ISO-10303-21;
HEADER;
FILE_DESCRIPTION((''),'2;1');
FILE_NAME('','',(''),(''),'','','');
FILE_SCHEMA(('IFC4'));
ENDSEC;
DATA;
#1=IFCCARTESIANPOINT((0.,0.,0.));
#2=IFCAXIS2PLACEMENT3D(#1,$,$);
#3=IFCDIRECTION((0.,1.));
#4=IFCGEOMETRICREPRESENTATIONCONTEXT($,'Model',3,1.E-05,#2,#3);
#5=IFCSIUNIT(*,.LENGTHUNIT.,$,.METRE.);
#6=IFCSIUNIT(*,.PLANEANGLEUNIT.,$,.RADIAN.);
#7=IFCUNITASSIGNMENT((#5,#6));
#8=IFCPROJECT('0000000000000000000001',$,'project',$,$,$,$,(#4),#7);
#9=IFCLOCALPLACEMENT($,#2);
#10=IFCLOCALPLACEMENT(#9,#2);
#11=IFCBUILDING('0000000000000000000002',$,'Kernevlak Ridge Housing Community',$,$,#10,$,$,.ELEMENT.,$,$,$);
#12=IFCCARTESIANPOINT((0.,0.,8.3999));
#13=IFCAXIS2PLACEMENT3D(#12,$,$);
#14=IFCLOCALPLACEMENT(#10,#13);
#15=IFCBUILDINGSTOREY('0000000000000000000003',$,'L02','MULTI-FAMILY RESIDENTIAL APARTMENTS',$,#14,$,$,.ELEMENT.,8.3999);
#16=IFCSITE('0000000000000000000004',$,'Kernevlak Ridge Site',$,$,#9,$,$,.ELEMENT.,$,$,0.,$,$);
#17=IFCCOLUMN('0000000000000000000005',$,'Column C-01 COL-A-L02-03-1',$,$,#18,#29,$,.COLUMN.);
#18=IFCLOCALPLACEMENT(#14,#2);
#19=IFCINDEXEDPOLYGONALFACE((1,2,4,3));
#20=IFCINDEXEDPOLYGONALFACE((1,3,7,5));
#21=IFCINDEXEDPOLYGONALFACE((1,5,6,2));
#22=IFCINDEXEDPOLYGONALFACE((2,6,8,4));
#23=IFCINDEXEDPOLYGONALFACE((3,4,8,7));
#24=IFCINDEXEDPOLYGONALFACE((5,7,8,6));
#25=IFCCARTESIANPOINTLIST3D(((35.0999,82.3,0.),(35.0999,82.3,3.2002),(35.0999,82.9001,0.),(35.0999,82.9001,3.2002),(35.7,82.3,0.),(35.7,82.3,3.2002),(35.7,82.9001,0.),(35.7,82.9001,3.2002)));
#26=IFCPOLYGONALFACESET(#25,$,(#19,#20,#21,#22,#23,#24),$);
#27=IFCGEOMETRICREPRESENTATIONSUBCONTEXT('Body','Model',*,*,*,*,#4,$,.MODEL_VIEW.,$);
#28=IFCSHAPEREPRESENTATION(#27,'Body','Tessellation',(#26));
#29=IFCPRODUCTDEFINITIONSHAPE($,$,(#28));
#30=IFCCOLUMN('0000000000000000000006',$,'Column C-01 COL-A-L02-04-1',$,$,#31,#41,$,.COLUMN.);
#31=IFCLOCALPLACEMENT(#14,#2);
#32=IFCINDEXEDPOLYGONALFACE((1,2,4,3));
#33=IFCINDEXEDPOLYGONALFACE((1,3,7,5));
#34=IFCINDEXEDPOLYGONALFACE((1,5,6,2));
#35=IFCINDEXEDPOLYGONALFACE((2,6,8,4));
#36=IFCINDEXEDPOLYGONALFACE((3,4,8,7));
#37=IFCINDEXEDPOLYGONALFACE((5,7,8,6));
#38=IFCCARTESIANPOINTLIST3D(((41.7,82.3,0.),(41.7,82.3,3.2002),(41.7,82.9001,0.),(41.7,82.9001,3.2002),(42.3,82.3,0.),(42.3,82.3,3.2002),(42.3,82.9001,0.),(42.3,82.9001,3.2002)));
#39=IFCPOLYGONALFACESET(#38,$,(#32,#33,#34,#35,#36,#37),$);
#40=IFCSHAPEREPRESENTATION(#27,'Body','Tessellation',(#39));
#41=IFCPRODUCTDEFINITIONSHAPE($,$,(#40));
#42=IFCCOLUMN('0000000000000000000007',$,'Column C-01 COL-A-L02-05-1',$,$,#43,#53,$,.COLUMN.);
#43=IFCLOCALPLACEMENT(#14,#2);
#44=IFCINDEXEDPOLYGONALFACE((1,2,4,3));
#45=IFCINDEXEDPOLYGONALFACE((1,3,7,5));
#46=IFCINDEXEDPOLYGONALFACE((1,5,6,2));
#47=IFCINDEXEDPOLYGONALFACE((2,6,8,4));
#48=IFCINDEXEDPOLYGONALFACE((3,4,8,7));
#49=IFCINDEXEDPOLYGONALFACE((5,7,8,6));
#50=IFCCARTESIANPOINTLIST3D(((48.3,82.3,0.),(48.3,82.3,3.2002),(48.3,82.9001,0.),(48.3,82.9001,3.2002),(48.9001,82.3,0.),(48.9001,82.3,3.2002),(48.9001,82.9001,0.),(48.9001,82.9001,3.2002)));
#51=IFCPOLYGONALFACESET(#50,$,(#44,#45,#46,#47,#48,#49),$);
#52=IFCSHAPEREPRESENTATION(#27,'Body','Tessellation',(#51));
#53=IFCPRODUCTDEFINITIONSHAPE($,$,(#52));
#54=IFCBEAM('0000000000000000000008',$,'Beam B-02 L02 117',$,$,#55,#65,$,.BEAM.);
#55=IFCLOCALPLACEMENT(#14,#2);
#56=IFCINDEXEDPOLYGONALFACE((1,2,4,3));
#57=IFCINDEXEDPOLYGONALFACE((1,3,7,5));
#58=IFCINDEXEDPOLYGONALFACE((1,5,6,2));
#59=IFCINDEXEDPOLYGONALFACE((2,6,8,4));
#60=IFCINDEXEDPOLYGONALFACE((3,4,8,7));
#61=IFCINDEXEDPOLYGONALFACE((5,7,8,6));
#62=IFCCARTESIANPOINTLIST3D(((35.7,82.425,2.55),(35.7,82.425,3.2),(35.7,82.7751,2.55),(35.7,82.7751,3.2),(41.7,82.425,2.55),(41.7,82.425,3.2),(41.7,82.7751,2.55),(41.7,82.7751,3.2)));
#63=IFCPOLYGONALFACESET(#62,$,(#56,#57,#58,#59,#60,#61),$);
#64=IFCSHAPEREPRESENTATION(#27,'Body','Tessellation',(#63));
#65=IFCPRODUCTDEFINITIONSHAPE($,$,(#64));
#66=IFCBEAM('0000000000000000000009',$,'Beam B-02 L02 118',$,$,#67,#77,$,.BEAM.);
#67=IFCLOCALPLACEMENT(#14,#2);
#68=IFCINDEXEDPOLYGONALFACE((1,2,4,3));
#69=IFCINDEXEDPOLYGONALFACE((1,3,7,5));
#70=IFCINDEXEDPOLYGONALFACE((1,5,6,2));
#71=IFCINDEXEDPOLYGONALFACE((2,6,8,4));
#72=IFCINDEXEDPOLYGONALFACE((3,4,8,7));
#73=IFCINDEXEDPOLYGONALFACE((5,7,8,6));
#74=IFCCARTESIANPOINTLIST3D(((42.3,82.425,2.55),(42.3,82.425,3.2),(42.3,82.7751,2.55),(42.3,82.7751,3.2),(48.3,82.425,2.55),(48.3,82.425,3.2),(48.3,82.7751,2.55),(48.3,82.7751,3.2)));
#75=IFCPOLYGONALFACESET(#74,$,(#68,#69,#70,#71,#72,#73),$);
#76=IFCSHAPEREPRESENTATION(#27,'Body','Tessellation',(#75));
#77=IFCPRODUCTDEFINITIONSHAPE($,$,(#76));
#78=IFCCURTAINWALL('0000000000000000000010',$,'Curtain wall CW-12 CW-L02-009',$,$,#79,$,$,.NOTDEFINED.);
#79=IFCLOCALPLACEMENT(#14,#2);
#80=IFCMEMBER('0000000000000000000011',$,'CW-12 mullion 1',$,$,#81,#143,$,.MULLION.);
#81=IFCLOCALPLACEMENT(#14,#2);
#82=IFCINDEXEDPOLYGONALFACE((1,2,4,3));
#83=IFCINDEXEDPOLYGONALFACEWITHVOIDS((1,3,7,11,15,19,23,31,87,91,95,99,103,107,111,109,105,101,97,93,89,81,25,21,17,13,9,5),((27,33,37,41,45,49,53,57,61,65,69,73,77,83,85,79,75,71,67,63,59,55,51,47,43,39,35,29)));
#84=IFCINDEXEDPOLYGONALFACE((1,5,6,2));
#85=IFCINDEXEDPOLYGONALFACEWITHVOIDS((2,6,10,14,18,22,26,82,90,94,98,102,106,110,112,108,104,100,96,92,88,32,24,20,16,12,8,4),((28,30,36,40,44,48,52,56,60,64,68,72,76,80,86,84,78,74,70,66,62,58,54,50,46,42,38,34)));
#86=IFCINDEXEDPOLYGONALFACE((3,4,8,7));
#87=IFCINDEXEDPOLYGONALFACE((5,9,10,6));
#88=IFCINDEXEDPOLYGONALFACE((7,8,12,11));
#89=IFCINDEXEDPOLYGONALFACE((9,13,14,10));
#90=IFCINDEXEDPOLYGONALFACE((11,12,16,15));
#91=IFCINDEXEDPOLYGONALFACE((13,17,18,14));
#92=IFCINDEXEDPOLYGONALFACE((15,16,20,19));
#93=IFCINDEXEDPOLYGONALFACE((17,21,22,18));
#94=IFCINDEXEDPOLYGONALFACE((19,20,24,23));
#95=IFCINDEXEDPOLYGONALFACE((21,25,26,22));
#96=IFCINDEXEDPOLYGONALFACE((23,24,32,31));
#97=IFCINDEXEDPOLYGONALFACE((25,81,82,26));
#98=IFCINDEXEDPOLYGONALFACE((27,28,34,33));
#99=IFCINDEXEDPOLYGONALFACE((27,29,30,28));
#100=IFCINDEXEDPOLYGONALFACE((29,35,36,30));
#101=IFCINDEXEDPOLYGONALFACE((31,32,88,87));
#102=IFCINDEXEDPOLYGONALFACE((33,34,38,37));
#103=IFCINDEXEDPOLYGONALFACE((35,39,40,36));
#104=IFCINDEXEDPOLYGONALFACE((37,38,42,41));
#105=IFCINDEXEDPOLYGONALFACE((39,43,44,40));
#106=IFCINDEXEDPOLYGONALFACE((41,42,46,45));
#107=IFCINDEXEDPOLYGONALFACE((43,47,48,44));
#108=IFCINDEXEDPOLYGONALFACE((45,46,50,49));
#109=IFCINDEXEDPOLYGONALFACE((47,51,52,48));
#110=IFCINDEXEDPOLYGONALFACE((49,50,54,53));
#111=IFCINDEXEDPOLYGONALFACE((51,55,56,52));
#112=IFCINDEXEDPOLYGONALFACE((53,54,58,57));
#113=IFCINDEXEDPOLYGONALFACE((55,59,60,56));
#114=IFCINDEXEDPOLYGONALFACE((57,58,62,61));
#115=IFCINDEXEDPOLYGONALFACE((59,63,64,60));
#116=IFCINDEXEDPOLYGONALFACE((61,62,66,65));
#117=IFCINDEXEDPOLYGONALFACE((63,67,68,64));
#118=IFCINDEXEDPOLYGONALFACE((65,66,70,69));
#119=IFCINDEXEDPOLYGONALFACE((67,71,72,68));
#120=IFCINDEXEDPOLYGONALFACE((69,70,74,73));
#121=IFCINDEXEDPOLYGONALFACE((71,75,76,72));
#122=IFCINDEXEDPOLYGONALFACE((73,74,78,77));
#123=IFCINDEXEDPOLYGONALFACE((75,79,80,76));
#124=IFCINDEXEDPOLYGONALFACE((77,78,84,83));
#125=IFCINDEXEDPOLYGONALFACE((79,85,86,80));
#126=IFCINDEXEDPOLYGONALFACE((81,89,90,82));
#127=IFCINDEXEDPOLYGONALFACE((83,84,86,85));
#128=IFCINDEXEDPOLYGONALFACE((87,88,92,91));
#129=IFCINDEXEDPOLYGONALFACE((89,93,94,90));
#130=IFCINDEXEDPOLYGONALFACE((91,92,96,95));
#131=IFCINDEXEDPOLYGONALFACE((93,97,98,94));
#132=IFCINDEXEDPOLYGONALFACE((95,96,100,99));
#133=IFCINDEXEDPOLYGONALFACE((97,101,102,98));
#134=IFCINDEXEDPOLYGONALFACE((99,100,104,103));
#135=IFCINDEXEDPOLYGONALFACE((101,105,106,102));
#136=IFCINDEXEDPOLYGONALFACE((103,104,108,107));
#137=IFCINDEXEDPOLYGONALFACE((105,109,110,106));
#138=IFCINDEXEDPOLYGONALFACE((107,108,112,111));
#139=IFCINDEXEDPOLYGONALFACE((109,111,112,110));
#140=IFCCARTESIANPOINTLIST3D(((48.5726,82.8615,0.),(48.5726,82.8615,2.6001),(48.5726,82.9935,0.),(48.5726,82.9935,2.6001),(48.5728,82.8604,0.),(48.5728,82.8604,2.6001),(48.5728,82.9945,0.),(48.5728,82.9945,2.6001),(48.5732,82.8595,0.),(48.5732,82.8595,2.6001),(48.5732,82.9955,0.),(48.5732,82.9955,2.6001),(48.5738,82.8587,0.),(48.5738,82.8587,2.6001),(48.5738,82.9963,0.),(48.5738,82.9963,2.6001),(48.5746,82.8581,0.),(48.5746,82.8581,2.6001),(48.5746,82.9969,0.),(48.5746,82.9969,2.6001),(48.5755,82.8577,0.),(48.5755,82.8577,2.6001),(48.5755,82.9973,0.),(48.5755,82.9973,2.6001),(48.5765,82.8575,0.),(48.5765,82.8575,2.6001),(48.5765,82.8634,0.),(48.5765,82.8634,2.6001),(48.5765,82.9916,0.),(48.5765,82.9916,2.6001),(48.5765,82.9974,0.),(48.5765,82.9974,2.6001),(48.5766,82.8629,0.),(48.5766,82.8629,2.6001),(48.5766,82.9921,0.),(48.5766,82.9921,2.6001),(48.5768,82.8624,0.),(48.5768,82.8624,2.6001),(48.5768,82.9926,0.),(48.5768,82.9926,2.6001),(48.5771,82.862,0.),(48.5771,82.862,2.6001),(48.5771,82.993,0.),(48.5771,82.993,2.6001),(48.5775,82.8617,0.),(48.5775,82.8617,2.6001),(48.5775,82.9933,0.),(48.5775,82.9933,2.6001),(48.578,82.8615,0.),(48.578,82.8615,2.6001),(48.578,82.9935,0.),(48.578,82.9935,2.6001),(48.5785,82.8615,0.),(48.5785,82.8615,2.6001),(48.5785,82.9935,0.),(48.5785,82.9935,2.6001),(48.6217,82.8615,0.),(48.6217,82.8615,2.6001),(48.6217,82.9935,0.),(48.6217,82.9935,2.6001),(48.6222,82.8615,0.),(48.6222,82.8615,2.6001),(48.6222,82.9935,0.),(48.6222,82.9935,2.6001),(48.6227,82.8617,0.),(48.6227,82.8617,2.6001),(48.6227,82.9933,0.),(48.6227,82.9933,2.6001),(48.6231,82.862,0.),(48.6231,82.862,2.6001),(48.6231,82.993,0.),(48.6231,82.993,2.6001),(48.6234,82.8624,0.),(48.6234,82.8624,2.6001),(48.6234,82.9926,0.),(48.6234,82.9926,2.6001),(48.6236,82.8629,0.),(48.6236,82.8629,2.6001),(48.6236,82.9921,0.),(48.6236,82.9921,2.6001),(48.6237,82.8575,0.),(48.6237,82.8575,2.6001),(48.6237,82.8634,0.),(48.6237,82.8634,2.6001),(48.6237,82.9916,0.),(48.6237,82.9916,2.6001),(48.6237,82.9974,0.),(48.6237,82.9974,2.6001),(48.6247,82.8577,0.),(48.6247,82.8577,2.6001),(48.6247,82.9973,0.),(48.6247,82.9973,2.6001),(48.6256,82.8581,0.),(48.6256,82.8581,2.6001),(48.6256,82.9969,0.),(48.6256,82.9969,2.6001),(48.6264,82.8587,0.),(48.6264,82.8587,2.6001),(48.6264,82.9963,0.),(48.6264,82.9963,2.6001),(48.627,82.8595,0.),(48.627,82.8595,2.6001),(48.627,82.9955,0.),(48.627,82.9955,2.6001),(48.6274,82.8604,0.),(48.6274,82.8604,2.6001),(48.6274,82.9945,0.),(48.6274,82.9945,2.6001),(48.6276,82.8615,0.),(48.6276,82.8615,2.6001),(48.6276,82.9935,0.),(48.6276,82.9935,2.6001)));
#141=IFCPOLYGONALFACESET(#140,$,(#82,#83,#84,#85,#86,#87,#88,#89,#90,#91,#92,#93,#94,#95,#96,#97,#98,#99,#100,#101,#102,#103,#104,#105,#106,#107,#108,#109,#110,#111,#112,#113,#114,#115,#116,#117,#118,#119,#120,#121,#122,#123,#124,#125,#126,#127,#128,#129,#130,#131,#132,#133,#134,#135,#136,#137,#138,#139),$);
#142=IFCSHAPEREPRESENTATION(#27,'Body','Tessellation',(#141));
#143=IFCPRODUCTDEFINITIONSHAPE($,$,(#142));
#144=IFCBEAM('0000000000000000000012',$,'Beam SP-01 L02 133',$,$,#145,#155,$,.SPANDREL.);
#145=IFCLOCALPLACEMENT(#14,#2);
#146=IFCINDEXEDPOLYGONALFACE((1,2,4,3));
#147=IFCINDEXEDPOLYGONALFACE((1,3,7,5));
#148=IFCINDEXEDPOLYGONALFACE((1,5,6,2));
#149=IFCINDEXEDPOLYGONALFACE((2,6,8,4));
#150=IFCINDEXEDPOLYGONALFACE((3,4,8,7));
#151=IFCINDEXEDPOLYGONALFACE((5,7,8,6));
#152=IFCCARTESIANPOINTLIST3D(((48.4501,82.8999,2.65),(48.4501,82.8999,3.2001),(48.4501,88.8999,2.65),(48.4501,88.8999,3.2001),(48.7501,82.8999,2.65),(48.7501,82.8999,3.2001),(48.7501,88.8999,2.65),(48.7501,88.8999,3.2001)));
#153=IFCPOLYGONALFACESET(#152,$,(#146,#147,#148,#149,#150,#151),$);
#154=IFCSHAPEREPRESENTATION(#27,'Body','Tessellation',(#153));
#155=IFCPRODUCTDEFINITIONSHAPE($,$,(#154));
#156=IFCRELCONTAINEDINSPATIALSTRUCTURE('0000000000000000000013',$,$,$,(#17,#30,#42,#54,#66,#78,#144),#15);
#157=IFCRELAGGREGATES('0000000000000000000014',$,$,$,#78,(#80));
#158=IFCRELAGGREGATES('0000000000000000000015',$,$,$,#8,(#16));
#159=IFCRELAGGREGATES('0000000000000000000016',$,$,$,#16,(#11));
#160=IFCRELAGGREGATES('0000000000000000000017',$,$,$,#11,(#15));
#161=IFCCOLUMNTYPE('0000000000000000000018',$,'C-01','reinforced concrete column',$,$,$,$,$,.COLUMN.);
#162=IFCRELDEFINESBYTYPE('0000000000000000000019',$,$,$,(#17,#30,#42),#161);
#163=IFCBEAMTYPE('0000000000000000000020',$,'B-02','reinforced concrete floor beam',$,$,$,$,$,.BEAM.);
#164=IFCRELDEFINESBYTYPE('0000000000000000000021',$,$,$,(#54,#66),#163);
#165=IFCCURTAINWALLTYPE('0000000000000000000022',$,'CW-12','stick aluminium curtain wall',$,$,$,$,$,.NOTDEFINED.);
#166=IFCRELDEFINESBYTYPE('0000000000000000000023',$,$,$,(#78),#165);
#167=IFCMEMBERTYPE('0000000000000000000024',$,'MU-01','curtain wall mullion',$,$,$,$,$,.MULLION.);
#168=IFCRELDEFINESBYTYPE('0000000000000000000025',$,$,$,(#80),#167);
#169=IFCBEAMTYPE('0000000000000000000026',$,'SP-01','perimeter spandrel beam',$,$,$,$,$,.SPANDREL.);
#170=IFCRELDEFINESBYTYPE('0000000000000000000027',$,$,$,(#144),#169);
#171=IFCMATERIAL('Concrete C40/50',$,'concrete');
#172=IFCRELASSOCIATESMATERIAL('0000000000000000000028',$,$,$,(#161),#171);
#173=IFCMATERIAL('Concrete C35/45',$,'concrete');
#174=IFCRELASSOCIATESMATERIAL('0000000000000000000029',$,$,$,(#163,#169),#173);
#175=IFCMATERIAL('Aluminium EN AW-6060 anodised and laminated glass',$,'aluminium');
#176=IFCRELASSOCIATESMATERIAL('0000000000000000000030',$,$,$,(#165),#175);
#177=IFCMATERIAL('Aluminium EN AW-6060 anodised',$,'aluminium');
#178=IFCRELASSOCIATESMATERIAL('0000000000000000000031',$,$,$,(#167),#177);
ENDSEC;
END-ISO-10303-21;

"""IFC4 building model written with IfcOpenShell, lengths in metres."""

from ifc_helpers import new_model, si_unit, direction, frame, origin, origin_2d, place, context, subcontext, project, spatial, rectangle, hollow_rectangle, extrude, material, material_profile, profile_set, type_object, element, aggregate, save


model = new_model("IFC4")

# Units and contexts
model_context = context("Model", 3, precision=1e-05, world=origin(), true_north=direction((0.0, 1.0)))
body_context = subcontext(model_context, "Body", "Model", "MODEL_VIEW")
ifc_project = project(units=[si_unit("LENGTHUNIT", "METRE"), si_unit("PLANEANGLEUNIT", "RADIAN")], contexts=[model_context])

# Site, building, storey
site_placement = place(None, origin())
site = spatial("IfcSite", under=ifc_project, at=site_placement, Name="Kernevlak Ridge Site", CompositionType="ELEMENT", RefElevation=0.0)
building_placement = place(site_placement, origin())
building = spatial("IfcBuilding", under=site, at=building_placement, Name="Kernevlak Ridge Housing Community", CompositionType="ELEMENT")
storey_placement = place(building_placement, frame((0.0, 0.0, 8.3999)))
storey = spatial("IfcBuildingStorey", under=building, at=storey_placement, Name="L02", Description="MULTI-FAMILY RESIDENTIAL APARTMENTS", CompositionType="ELEMENT", Elevation=8.3999)

# Columns
ifc_material_1 = material(Name="Concrete C40/50", Category="concrete")
ifc_material_profile_1 = material_profile(ifc_material_1, rectangle(XDim=0.6001, YDim=0.6001, at=origin_2d()), Name="RC 600x600")
ifc_profile_set_1 = profile_set([ifc_material_profile_1], Name="Concrete C40/50")
column_type = type_object("IfcColumnType", Name="C-01", Description="reinforced concrete column", PredefinedType="COLUMN", material=ifc_profile_set_1)
for number, where, z_axis, x_axis, name in (
    (1, (35.3999, 82.6001, 0.0), (0.0, 0.0, 1.0), (1.0, 0.0, 0.0), "Column C-01 COL-A-L02-03-1"),
    (2, (42.0, 82.6001, 0.0), (0.0, 0.0, 1.0), (1.0, 0.0, 0.0), "Column C-01 COL-A-L02-04-1"),
    (3, (48.6001, 82.6001, 0.0), (0.0, 0.0, 1.0), (1.0, 0.0, 0.0), "Column C-01 COL-A-L02-05-1"),
):
    element("IfcColumn", number, at=place(storey_placement, frame(where, z_axis=z_axis, x_axis=x_axis)), inside=storey, type_object=column_type, Name=name, PredefinedType="COLUMN", context=body_context, shape_type="SweptSolid", body=[
        extrude(rectangle(XDim=0.6001, YDim=0.6001, at=origin_2d()), origin(), (0.0, 0.0, 1.0), 3.2002),
    ])

# Beams
ifc_material_2 = material(Name="Concrete C35/45", Category="concrete")
ifc_material_profile_2 = material_profile(ifc_material_2, rectangle(XDim=0.3501, YDim=0.6499, at=origin_2d()), Name="RC 350x650")
ifc_profile_set_2 = profile_set([ifc_material_profile_2], Name="Concrete C35/45")
beam_type_1 = type_object("IfcBeamType", Name="B-02", Description="reinforced concrete floor beam", PredefinedType="BEAM", material=ifc_profile_set_2)
for number, where, z_axis, x_axis, name in (
    (4, (35.7, 82.6001, 2.875), (1.0, 0.0, 0.0), (0.0, 1.0, 0.0), "Beam B-02 L02 117"),
    (5, (42.3, 82.6001, 2.875), (1.0, 0.0, 0.0), (0.0, 1.0, 0.0), "Beam B-02 L02 118"),
):
    element("IfcBeam", number, at=place(storey_placement, frame(where, z_axis=z_axis, x_axis=x_axis)), inside=storey, type_object=beam_type_1, Name=name, PredefinedType="BEAM", context=body_context, shape_type="SweptSolid", body=[
        extrude(rectangle(XDim=0.3501, YDim=0.6499, at=origin_2d()), origin(), (0.0, 0.0, 1.0), 6.0),
    ])

# Curtain wall, member
ifc_material_3 = material(Name="Aluminium EN AW-6060 anodised and laminated glass", Category="aluminium")
curtain_wall_type = type_object("IfcCurtainWallType", Name="CW-12", Description="stick aluminium curtain wall", PredefinedType="NOTDEFINED", material=ifc_material_3)
curtain_wall_placement = place(storey_placement, origin())
curtain_wall = element("IfcCurtainWall", 6, at=curtain_wall_placement, inside=storey, type_object=curtain_wall_type, Name="Curtain wall CW-12 CW-L02-009", PredefinedType="NOTDEFINED")
ifc_material_4 = material(Name="Aluminium EN AW-6060 anodised", Category="aluminium")
ifc_material_profile_3 = material_profile(ifc_material_4, hollow_rectangle(XDim=0.0549, YDim=0.1399, WallThickness=0.0039, InnerFilletRadius=0.002, OuterFilletRadius=0.0039, at=origin_2d()), Name="ALU 55x140x4")
ifc_profile_set_3 = profile_set([ifc_material_profile_3], Name="Aluminium EN AW-6060 anodised")
member_type_1 = type_object("IfcMemberType", Name="MU-01", Description="curtain wall mullion", PredefinedType="MULLION", material=ifc_profile_set_3)
member_1_placement = place(storey_placement, frame((48.6001, 82.9275, 0.0), z_axis=(0.0, 0.0, 1.0), x_axis=(-1.0, 0.0, 0.0)))
member_1 = element("IfcMember", 7, at=member_1_placement, type_object=member_type_1, Name="CW-12 mullion 1", PredefinedType="MULLION", context=body_context, shape_type="SweptSolid", body=[
    extrude(hollow_rectangle(XDim=0.0549, YDim=0.1399, WallThickness=0.0039, InnerFilletRadius=0.002, OuterFilletRadius=0.0039, at=origin_2d()), origin(), (0.0, 0.0, 1.0), 2.6001),
])

# Beam
ifc_material_profile_4 = material_profile(ifc_material_2, rectangle(XDim=0.3, YDim=0.55, at=origin_2d()), Name="RC 300x550")
ifc_profile_set_4 = profile_set([ifc_material_profile_4], Name="Concrete C35/45")
beam_type_2 = type_object("IfcBeamType", Name="SP-01", Description="perimeter spandrel beam", PredefinedType="SPANDREL", material=ifc_profile_set_4)
beam_placement = place(storey_placement, frame((48.6001, 82.8999, 2.925), z_axis=(0.0, 1.0, 0.0), x_axis=(-1.0, 0.0, 0.0)))
element("IfcBeam", 8, at=beam_placement, inside=storey, type_object=beam_type_2, Name="Beam SP-01 L02 133", PredefinedType="SPANDREL", context=body_context, shape_type="SweptSolid", body=[
    extrude(rectangle(XDim=0.3, YDim=0.55, at=origin_2d()), origin(), (0.0, 0.0, 1.0), 6.0),
])

aggregate(curtain_wall, [member_1])

save(model, "model.ifc")
